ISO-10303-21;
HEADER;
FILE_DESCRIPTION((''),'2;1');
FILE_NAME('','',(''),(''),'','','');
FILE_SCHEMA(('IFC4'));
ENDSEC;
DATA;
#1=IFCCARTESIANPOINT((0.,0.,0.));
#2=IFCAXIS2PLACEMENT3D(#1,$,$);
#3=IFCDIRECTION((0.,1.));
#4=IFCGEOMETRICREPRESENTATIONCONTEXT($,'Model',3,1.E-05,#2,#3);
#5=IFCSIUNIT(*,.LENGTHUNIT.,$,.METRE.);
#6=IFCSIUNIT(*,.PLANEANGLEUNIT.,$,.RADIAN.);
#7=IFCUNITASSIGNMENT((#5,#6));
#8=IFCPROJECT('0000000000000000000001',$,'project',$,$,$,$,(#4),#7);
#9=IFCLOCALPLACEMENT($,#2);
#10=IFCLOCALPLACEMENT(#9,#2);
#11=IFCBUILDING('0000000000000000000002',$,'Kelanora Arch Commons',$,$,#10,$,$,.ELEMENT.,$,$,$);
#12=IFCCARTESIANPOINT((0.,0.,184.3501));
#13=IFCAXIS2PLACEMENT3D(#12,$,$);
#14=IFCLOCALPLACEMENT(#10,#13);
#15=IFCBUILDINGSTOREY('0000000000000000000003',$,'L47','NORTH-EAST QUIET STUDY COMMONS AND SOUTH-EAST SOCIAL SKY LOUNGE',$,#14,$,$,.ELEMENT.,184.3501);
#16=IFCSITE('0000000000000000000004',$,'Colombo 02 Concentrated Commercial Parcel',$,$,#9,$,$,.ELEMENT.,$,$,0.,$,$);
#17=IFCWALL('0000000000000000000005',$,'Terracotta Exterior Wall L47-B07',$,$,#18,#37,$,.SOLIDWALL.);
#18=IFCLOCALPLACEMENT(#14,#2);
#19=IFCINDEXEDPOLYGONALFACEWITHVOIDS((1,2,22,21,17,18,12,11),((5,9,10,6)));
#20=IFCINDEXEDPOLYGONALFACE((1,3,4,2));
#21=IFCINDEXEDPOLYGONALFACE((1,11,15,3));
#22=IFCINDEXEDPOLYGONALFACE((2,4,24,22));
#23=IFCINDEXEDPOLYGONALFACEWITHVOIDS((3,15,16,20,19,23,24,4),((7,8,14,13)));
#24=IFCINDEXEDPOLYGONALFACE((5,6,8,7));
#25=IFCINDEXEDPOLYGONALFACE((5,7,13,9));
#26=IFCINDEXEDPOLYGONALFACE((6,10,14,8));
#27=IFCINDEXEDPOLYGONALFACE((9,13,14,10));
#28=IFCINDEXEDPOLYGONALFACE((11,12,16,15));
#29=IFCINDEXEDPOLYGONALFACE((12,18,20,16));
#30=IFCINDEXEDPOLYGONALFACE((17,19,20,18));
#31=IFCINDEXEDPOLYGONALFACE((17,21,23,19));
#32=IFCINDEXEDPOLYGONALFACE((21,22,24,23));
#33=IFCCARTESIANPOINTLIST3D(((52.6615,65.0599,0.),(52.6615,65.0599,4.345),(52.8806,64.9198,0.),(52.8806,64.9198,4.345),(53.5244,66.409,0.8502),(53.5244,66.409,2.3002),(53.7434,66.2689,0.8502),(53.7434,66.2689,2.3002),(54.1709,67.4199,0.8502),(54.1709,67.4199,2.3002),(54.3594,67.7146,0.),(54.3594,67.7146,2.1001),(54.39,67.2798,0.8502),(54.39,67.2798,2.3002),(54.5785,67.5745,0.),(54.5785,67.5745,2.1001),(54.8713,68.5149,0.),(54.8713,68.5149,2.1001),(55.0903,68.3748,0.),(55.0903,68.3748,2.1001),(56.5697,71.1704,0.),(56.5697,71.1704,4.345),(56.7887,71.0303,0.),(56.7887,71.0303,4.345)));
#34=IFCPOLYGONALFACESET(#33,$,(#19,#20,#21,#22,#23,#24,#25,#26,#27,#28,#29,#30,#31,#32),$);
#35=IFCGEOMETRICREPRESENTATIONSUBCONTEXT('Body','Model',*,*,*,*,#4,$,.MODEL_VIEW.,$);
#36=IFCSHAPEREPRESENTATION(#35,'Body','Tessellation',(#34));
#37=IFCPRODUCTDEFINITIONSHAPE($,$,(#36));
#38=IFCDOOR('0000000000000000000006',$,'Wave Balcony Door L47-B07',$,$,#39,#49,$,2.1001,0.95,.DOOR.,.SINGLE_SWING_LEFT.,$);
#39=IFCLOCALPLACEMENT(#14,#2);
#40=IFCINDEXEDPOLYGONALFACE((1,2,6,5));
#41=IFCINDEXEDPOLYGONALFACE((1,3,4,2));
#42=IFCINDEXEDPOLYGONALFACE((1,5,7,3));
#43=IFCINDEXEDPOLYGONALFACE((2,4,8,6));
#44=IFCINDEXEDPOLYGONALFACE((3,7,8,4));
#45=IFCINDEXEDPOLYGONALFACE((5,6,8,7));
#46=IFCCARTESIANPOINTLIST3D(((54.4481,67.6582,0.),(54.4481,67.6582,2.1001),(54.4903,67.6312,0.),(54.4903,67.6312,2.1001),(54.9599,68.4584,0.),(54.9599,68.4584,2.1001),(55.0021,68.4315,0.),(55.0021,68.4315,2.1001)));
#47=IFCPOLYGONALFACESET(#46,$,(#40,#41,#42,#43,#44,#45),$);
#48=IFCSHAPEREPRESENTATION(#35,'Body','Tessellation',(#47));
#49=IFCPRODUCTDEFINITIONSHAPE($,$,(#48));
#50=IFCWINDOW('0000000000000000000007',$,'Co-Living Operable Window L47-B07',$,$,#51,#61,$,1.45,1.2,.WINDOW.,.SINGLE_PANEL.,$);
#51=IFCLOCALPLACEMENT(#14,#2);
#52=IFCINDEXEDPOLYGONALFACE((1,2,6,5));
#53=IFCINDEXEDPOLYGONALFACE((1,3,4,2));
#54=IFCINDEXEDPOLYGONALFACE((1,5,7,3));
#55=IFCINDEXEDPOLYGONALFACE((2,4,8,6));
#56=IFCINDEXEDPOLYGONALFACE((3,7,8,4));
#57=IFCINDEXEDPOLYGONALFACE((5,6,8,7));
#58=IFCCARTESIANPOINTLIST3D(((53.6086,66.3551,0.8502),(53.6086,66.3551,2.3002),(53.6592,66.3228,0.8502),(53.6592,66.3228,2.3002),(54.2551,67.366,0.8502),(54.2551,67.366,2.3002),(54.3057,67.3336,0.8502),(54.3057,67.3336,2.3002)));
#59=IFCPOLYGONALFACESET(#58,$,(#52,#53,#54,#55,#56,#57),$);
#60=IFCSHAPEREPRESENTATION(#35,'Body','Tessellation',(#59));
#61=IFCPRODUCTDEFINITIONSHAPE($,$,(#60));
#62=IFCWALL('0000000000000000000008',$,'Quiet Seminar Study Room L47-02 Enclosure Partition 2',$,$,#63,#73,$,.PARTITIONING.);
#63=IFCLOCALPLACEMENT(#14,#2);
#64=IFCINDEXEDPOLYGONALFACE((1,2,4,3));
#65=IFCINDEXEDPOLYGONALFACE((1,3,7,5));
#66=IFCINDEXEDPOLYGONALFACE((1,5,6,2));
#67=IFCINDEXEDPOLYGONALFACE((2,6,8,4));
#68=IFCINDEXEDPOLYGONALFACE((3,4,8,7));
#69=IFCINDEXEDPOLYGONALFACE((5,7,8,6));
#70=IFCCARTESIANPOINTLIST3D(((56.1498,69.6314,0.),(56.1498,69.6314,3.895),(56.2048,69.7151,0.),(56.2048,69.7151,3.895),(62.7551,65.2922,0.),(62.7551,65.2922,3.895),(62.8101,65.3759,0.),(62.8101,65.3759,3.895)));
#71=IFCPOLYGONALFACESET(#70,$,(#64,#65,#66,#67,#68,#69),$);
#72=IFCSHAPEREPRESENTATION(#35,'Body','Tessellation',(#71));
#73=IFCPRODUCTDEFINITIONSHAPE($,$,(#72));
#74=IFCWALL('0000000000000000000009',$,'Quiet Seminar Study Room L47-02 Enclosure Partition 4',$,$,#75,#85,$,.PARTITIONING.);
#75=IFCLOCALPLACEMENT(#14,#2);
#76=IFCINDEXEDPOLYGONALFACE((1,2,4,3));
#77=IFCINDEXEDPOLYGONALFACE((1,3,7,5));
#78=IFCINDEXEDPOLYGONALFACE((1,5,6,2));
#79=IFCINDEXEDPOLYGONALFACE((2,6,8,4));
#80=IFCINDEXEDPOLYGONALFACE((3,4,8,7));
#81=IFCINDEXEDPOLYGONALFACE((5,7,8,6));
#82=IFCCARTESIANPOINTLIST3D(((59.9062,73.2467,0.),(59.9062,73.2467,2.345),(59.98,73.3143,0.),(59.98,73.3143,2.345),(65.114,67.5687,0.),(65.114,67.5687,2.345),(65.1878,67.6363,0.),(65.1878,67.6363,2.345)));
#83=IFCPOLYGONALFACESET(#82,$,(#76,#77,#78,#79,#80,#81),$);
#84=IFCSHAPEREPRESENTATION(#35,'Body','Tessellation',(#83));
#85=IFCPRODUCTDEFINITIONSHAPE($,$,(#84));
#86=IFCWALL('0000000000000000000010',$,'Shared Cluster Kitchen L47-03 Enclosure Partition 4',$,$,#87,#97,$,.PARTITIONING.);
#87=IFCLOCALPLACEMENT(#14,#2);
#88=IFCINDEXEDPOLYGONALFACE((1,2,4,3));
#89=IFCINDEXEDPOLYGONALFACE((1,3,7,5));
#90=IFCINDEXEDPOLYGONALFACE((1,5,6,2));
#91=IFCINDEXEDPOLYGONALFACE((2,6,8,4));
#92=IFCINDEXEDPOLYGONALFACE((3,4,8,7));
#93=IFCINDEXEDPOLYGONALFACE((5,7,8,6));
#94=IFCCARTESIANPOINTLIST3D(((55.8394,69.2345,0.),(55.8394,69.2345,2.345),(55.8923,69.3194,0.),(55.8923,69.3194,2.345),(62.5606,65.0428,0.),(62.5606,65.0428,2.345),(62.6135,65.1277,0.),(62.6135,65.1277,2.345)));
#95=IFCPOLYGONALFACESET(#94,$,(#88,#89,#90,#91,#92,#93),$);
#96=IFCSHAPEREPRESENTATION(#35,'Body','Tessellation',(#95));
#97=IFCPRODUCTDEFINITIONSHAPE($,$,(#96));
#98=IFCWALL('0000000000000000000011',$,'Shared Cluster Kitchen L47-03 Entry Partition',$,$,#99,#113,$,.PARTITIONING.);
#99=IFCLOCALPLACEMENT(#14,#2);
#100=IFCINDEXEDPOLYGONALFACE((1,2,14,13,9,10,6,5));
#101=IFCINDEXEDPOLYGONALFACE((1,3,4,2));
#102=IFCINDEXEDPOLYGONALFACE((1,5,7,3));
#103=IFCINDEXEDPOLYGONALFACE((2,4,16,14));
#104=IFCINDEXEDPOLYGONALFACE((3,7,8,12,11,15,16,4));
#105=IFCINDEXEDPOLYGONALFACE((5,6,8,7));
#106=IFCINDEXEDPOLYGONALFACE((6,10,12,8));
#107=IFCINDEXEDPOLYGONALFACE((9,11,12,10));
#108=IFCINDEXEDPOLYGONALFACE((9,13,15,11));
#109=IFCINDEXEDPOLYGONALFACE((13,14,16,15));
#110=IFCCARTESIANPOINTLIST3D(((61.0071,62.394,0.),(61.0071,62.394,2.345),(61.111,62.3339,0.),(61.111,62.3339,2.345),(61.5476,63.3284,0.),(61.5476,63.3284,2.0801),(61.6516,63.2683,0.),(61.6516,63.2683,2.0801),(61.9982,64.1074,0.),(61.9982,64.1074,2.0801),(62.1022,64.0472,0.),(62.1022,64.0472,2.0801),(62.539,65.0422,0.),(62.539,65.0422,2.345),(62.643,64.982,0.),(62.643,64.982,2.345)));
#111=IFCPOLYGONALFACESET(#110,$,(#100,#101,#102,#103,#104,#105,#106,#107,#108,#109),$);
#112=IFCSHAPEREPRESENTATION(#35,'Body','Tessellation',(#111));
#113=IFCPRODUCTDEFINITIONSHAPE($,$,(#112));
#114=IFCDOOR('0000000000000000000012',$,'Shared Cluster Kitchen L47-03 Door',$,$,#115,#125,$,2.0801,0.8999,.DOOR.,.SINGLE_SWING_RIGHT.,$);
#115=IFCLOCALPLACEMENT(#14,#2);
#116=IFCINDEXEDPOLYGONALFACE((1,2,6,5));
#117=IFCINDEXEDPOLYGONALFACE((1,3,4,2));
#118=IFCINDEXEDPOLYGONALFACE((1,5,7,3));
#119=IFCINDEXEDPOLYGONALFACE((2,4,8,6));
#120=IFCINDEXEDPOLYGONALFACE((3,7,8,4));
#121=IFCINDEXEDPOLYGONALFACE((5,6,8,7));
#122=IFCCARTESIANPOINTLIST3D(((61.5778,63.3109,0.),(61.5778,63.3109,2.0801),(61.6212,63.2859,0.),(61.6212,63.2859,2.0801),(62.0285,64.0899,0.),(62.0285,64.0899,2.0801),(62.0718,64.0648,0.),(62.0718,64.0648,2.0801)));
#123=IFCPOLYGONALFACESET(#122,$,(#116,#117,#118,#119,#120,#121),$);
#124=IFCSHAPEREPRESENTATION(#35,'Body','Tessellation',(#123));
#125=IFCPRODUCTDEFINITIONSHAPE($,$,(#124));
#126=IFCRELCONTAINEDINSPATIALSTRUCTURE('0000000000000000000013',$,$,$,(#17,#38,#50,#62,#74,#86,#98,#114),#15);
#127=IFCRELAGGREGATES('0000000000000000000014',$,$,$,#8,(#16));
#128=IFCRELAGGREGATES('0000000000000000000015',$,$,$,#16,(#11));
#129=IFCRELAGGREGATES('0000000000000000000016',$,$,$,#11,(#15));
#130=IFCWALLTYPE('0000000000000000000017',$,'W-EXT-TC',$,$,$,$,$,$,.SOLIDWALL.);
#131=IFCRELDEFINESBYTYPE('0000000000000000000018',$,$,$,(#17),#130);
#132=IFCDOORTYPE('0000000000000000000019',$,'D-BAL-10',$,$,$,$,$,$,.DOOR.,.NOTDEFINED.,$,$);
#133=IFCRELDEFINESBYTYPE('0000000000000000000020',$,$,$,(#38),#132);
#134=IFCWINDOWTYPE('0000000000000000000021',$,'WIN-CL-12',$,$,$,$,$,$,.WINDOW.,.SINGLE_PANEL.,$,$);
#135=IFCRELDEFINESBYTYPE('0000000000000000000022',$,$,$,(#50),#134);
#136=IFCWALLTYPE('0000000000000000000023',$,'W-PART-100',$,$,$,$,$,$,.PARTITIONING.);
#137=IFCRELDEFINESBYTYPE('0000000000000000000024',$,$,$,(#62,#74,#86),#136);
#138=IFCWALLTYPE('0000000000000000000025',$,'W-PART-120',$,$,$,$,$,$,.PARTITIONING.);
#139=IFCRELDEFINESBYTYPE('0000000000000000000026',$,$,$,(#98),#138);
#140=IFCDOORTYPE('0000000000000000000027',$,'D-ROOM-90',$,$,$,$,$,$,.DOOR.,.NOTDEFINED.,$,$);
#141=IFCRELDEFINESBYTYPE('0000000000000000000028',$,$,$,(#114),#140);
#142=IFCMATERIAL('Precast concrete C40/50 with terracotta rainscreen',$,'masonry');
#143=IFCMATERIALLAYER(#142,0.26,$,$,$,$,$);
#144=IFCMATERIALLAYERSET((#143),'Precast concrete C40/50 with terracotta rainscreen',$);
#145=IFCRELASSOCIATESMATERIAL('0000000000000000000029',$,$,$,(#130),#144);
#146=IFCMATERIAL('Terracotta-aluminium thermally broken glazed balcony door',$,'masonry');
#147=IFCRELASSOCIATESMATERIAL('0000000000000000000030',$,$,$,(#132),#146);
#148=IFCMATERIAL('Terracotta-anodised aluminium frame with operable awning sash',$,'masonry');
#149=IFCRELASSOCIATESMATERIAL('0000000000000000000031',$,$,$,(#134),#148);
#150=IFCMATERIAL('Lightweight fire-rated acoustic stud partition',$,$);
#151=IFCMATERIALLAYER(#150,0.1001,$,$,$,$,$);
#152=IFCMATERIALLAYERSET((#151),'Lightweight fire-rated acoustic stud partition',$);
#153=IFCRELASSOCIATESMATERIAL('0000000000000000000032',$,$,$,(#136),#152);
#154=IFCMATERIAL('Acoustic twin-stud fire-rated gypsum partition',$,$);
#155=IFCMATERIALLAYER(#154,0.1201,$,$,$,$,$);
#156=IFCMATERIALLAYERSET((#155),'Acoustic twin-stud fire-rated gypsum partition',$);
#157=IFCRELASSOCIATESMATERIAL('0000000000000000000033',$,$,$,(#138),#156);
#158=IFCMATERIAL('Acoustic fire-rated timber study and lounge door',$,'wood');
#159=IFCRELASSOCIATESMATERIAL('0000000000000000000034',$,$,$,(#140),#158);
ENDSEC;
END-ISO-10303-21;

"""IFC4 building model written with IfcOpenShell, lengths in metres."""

from ifc_helpers import new_model, si_unit, direction, frame, frame_2d, origin, place, context, subcontext, project, spatial, rectangle, extrude, material, layer, layer_set, type_object, element, fill, save


model = new_model("IFC4")

# Units and contexts
model_context = context("Model", 3, precision=1e-05, world=origin(), true_north=direction((0.0, 1.0)))
body_context = subcontext(model_context, "Body", "Model", "MODEL_VIEW")
ifc_project = project(units=[si_unit("LENGTHUNIT", "METRE"), si_unit("PLANEANGLEUNIT", "RADIAN")], contexts=[model_context])

# Site, building, storey
site_placement = place(None, origin())
site = spatial("IfcSite", under=ifc_project, at=site_placement, Name="Colombo 02 Concentrated Commercial Parcel", CompositionType="ELEMENT", RefElevation=0.0)
building_placement = place(site_placement, origin())
building = spatial("IfcBuilding", under=site, at=building_placement, Name="Kelanora Arch Commons", CompositionType="ELEMENT")
storey_placement = place(building_placement, frame((0.0, 0.0, 184.3501)))
storey = spatial("IfcBuildingStorey", under=building, at=storey_placement, Name="L47", Description="NORTH-EAST QUIET STUDY COMMONS AND SOUTH-EAST SOCIAL SKY LOUNGE", CompositionType="ELEMENT", Elevation=184.3501)

# Shared definitions
ifc_material_1 = material(Name="Precast concrete C40/50 with terracotta rainscreen", Category="masonry")
ifc_layer_1 = layer(ifc_material_1, 0.26)
ifc_layer_set_1 = layer_set([ifc_layer_1], Name="Precast concrete C40/50 with terracotta rainscreen")
wall_type_1 = type_object("IfcWallType", Name="W-EXT-TC", PredefinedType="SOLIDWALL", material=ifc_layer_set_1)

# Wall, openings, door, window
wall_1_placement = place(storey_placement, frame((56.6792, 71.1003, 0.0), z_axis=(0.0, 0.0, 1.0), x_axis=(-0.538802, -0.842433, 0.0)))
wall_1 = element("IfcWall", 1, at=wall_1_placement, inside=storey, type_object=wall_type_1, Name="Terracotta Exterior Wall L47-B07", PredefinedType="SOLIDWALL", context=body_context, shape_type="SweptSolid", body=[
    extrude(rectangle(XDim=7.2534, YDim=0.26, at=frame_2d((3.6267, 0.0))), origin(), (0.0, 0.0, 1.0), 4.345),
])
opening_1_placement = place(wall_1_placement, frame((3.1521, 0.0, 0.0)))
opening_1 = element("IfcOpeningElement", 2, at=opening_1_placement, cuts=wall_1, PredefinedType="OPENING", context=body_context, shape_type="SweptSolid", body=[
    extrude(rectangle(XDim=0.95, YDim=2.1001, at=frame_2d((0.4751, 1.05))), frame((0.0, 0.1401, 0.0), z_axis=(0.0, -1.0, 0.0), x_axis=(1.0, 0.0, 0.0)), (0.0, 0.0, 1.0), 0.28),
])
opening_2_placement = place(wall_1_placement, frame((4.4519, 0.0, 0.8501)))
opening_2 = element("IfcOpeningElement", 3, at=opening_2_placement, cuts=wall_1, PredefinedType="OPENING", context=body_context, shape_type="SweptSolid", body=[
    extrude(rectangle(XDim=1.2, YDim=1.45, at=frame_2d((0.6001, 0.7251))), frame((0.0, 0.1401, 0.0), z_axis=(0.0, -1.0, 0.0), x_axis=(1.0, 0.0, 0.0)), (0.0, 0.0, 1.0), 0.28),
])
ifc_material_2 = material(Name="Terracotta-aluminium thermally broken glazed balcony door", Category="masonry")
door_type_1 = type_object("IfcDoorType", Name="D-BAL-10", OperationType="NOTDEFINED", PredefinedType="DOOR", material=ifc_material_2)
door_1_placement = place(opening_1_placement, frame((0.95, 0.0, 0.0), z_axis=(0.0, 0.0, 1.0), x_axis=(-1.0, 0.0, 0.0)))
door_1 = element("IfcDoor", 4, at=door_1_placement, inside=storey, type_object=door_type_1, Name="Wave Balcony Door L47-B07", OperationType="SINGLE_SWING_LEFT", OverallHeight=2.1001, OverallWidth=0.95, PredefinedType="DOOR", context=body_context, shape_type="SweptSolid", body=[
    extrude(rectangle(XDim=0.95, YDim=2.1001, at=frame_2d((0.4751, 1.05))), frame((0.0, 0.0249, 0.0), z_axis=(0.0, -1.0, 0.0), x_axis=(1.0, 0.0, 0.0)), (0.0, 0.0, 1.0), 0.05),
])
fill(opening_1, door_1)
ifc_material_3 = material(Name="Terracotta-anodised aluminium frame with operable awning sash", Category="masonry")
window_type_1 = type_object("IfcWindowType", Name="WIN-CL-12", PartitioningType="SINGLE_PANEL", PredefinedType="WINDOW", material=ifc_material_3)
window_1_placement = place(opening_2_placement, origin())
window_1 = element("IfcWindow", 5, at=window_1_placement, inside=storey, type_object=window_type_1, Name="Co-Living Operable Window L47-B07", OverallHeight=1.45, OverallWidth=1.2, PartitioningType="SINGLE_PANEL", PredefinedType="WINDOW", context=body_context, shape_type="SweptSolid", body=[
    extrude(rectangle(XDim=1.2, YDim=1.45, at=frame_2d((0.6001, 0.7251))), frame((0.0, 0.03, 0.0), z_axis=(0.0, -1.0, 0.0), x_axis=(1.0, 0.0, 0.0)), (0.0, 0.0, 1.0), 0.0601),
])
fill(opening_2, window_1)

# Walls
ifc_material_4 = material(Name="Lightweight fire-rated acoustic stud partition")
ifc_layer_2 = layer(ifc_material_4, 0.1001)
ifc_layer_set_2 = layer_set([ifc_layer_2], Name="Lightweight fire-rated acoustic stud partition")
wall_type_2 = type_object("IfcWallType", Name="W-PART-100", PredefinedType="PARTITIONING", material=ifc_layer_set_2)
wall_2_placement = place(storey_placement, frame((62.7827, 65.334, 0.0), z_axis=(0.0, 0.0, 1.0), x_axis=(-0.835791, 0.549048, 0.0)))
element("IfcWall", 6, at=wall_2_placement, inside=storey, type_object=wall_type_2, Name="Quiet Seminar Study Room L47-02 Enclosure Partition 2", PredefinedType="PARTITIONING", context=body_context, shape_type="SweptSolid", body=[
    extrude(rectangle(XDim=7.9031, YDim=0.1001, at=frame_2d((3.9517, 0.0))), origin(), (0.0, 0.0, 1.0), 3.895),
])
wall_3_placement = place(storey_placement, frame((59.9431, 73.2805, 0.0), z_axis=(0.0, 0.0, 1.0), x_axis=(0.675933, -0.736963, 0.0)))
element("IfcWall", 7, at=wall_3_placement, inside=storey, type_object=wall_type_2, Name="Quiet Seminar Study Room L47-02 Enclosure Partition 4", PredefinedType="PARTITIONING", context=body_context, shape_type="SweptSolid", body=[
    extrude(rectangle(XDim=7.7046, YDim=0.1001, at=frame_2d((3.8523, 0.0))), origin(), (0.0, 0.0, 1.0), 2.345),
])
wall_4_placement = place(storey_placement, frame((55.866, 69.2769, 0.0), z_axis=(0.0, 0.0, 1.0), x_axis=(0.848514, -0.529173, 0.0)))
element("IfcWall", 8, at=wall_4_placement, inside=storey, type_object=wall_type_2, Name="Shared Cluster Kitchen L47-03 Enclosure Partition 4", PredefinedType="PARTITIONING", context=body_context, shape_type="SweptSolid", body=[
    extrude(rectangle(XDim=7.9211, YDim=0.1001, at=frame_2d((3.9604, 0.0))), origin(), (0.0, 0.0, 1.0), 2.345),
])

# Wall, opening, door
ifc_material_5 = material(Name="Acoustic twin-stud fire-rated gypsum partition")
ifc_layer_3 = layer(ifc_material_5, 0.1201)
ifc_layer_set_3 = layer_set([ifc_layer_3], Name="Acoustic twin-stud fire-rated gypsum partition")
wall_type_3 = type_object("IfcWallType", Name="W-PART-120", PredefinedType="PARTITIONING", material=ifc_layer_set_3)
wall_5_placement = place(storey_placement, frame((62.5911, 65.0122, 0.0), z_axis=(0.0, 0.0, 1.0), x_axis=(-0.500747, -0.865594, 0.0)))
wall_5 = element("IfcWall", 9, at=wall_5_placement, inside=storey, type_object=wall_type_3, Name="Shared Cluster Kitchen L47-03 Entry Partition", PredefinedType="PARTITIONING", context=body_context, shape_type="SweptSolid", body=[
    extrude(rectangle(XDim=3.0593, YDim=0.1201, at=frame_2d((1.5298, 0.0))), origin(), (0.0, 0.0, 1.0), 2.345),
])
opening_3_placement = place(wall_5_placement, frame((1.0801, 0.0, 0.0)))
opening_3 = element("IfcOpeningElement", 10, at=opening_3_placement, cuts=wall_5, PredefinedType="OPENING", context=body_context, shape_type="SweptSolid", body=[
    extrude(rectangle(XDim=0.8999, YDim=2.0801, at=frame_2d((0.45, 1.04))), frame((0.0, 0.0701, 0.0), z_axis=(0.0, -1.0, 0.0), x_axis=(1.0, 0.0, 0.0)), (0.0, 0.0, 1.0), 0.1401),
])
ifc_material_6 = material(Name="Acoustic fire-rated timber study and lounge door", Category="wood")
door_type_2 = type_object("IfcDoorType", Name="D-ROOM-90", OperationType="NOTDEFINED", PredefinedType="DOOR", material=ifc_material_6)
door_2_placement = place(opening_3_placement, origin())
door_2 = element("IfcDoor", 11, at=door_2_placement, inside=storey, type_object=door_type_2, Name="Shared Cluster Kitchen L47-03 Door", OperationType="SINGLE_SWING_RIGHT", OverallHeight=2.0801, OverallWidth=0.8999, PredefinedType="DOOR", context=body_context, shape_type="SweptSolid", body=[
    extrude(rectangle(XDim=0.8999, YDim=2.0801, at=frame_2d((0.45, 1.04))), frame((0.0, 0.0249, 0.0), z_axis=(0.0, -1.0, 0.0), x_axis=(1.0, 0.0, 0.0)), (0.0, 0.0, 1.0), 0.05),
])
fill(opening_3, door_2)

save(model, "model.ifc")
